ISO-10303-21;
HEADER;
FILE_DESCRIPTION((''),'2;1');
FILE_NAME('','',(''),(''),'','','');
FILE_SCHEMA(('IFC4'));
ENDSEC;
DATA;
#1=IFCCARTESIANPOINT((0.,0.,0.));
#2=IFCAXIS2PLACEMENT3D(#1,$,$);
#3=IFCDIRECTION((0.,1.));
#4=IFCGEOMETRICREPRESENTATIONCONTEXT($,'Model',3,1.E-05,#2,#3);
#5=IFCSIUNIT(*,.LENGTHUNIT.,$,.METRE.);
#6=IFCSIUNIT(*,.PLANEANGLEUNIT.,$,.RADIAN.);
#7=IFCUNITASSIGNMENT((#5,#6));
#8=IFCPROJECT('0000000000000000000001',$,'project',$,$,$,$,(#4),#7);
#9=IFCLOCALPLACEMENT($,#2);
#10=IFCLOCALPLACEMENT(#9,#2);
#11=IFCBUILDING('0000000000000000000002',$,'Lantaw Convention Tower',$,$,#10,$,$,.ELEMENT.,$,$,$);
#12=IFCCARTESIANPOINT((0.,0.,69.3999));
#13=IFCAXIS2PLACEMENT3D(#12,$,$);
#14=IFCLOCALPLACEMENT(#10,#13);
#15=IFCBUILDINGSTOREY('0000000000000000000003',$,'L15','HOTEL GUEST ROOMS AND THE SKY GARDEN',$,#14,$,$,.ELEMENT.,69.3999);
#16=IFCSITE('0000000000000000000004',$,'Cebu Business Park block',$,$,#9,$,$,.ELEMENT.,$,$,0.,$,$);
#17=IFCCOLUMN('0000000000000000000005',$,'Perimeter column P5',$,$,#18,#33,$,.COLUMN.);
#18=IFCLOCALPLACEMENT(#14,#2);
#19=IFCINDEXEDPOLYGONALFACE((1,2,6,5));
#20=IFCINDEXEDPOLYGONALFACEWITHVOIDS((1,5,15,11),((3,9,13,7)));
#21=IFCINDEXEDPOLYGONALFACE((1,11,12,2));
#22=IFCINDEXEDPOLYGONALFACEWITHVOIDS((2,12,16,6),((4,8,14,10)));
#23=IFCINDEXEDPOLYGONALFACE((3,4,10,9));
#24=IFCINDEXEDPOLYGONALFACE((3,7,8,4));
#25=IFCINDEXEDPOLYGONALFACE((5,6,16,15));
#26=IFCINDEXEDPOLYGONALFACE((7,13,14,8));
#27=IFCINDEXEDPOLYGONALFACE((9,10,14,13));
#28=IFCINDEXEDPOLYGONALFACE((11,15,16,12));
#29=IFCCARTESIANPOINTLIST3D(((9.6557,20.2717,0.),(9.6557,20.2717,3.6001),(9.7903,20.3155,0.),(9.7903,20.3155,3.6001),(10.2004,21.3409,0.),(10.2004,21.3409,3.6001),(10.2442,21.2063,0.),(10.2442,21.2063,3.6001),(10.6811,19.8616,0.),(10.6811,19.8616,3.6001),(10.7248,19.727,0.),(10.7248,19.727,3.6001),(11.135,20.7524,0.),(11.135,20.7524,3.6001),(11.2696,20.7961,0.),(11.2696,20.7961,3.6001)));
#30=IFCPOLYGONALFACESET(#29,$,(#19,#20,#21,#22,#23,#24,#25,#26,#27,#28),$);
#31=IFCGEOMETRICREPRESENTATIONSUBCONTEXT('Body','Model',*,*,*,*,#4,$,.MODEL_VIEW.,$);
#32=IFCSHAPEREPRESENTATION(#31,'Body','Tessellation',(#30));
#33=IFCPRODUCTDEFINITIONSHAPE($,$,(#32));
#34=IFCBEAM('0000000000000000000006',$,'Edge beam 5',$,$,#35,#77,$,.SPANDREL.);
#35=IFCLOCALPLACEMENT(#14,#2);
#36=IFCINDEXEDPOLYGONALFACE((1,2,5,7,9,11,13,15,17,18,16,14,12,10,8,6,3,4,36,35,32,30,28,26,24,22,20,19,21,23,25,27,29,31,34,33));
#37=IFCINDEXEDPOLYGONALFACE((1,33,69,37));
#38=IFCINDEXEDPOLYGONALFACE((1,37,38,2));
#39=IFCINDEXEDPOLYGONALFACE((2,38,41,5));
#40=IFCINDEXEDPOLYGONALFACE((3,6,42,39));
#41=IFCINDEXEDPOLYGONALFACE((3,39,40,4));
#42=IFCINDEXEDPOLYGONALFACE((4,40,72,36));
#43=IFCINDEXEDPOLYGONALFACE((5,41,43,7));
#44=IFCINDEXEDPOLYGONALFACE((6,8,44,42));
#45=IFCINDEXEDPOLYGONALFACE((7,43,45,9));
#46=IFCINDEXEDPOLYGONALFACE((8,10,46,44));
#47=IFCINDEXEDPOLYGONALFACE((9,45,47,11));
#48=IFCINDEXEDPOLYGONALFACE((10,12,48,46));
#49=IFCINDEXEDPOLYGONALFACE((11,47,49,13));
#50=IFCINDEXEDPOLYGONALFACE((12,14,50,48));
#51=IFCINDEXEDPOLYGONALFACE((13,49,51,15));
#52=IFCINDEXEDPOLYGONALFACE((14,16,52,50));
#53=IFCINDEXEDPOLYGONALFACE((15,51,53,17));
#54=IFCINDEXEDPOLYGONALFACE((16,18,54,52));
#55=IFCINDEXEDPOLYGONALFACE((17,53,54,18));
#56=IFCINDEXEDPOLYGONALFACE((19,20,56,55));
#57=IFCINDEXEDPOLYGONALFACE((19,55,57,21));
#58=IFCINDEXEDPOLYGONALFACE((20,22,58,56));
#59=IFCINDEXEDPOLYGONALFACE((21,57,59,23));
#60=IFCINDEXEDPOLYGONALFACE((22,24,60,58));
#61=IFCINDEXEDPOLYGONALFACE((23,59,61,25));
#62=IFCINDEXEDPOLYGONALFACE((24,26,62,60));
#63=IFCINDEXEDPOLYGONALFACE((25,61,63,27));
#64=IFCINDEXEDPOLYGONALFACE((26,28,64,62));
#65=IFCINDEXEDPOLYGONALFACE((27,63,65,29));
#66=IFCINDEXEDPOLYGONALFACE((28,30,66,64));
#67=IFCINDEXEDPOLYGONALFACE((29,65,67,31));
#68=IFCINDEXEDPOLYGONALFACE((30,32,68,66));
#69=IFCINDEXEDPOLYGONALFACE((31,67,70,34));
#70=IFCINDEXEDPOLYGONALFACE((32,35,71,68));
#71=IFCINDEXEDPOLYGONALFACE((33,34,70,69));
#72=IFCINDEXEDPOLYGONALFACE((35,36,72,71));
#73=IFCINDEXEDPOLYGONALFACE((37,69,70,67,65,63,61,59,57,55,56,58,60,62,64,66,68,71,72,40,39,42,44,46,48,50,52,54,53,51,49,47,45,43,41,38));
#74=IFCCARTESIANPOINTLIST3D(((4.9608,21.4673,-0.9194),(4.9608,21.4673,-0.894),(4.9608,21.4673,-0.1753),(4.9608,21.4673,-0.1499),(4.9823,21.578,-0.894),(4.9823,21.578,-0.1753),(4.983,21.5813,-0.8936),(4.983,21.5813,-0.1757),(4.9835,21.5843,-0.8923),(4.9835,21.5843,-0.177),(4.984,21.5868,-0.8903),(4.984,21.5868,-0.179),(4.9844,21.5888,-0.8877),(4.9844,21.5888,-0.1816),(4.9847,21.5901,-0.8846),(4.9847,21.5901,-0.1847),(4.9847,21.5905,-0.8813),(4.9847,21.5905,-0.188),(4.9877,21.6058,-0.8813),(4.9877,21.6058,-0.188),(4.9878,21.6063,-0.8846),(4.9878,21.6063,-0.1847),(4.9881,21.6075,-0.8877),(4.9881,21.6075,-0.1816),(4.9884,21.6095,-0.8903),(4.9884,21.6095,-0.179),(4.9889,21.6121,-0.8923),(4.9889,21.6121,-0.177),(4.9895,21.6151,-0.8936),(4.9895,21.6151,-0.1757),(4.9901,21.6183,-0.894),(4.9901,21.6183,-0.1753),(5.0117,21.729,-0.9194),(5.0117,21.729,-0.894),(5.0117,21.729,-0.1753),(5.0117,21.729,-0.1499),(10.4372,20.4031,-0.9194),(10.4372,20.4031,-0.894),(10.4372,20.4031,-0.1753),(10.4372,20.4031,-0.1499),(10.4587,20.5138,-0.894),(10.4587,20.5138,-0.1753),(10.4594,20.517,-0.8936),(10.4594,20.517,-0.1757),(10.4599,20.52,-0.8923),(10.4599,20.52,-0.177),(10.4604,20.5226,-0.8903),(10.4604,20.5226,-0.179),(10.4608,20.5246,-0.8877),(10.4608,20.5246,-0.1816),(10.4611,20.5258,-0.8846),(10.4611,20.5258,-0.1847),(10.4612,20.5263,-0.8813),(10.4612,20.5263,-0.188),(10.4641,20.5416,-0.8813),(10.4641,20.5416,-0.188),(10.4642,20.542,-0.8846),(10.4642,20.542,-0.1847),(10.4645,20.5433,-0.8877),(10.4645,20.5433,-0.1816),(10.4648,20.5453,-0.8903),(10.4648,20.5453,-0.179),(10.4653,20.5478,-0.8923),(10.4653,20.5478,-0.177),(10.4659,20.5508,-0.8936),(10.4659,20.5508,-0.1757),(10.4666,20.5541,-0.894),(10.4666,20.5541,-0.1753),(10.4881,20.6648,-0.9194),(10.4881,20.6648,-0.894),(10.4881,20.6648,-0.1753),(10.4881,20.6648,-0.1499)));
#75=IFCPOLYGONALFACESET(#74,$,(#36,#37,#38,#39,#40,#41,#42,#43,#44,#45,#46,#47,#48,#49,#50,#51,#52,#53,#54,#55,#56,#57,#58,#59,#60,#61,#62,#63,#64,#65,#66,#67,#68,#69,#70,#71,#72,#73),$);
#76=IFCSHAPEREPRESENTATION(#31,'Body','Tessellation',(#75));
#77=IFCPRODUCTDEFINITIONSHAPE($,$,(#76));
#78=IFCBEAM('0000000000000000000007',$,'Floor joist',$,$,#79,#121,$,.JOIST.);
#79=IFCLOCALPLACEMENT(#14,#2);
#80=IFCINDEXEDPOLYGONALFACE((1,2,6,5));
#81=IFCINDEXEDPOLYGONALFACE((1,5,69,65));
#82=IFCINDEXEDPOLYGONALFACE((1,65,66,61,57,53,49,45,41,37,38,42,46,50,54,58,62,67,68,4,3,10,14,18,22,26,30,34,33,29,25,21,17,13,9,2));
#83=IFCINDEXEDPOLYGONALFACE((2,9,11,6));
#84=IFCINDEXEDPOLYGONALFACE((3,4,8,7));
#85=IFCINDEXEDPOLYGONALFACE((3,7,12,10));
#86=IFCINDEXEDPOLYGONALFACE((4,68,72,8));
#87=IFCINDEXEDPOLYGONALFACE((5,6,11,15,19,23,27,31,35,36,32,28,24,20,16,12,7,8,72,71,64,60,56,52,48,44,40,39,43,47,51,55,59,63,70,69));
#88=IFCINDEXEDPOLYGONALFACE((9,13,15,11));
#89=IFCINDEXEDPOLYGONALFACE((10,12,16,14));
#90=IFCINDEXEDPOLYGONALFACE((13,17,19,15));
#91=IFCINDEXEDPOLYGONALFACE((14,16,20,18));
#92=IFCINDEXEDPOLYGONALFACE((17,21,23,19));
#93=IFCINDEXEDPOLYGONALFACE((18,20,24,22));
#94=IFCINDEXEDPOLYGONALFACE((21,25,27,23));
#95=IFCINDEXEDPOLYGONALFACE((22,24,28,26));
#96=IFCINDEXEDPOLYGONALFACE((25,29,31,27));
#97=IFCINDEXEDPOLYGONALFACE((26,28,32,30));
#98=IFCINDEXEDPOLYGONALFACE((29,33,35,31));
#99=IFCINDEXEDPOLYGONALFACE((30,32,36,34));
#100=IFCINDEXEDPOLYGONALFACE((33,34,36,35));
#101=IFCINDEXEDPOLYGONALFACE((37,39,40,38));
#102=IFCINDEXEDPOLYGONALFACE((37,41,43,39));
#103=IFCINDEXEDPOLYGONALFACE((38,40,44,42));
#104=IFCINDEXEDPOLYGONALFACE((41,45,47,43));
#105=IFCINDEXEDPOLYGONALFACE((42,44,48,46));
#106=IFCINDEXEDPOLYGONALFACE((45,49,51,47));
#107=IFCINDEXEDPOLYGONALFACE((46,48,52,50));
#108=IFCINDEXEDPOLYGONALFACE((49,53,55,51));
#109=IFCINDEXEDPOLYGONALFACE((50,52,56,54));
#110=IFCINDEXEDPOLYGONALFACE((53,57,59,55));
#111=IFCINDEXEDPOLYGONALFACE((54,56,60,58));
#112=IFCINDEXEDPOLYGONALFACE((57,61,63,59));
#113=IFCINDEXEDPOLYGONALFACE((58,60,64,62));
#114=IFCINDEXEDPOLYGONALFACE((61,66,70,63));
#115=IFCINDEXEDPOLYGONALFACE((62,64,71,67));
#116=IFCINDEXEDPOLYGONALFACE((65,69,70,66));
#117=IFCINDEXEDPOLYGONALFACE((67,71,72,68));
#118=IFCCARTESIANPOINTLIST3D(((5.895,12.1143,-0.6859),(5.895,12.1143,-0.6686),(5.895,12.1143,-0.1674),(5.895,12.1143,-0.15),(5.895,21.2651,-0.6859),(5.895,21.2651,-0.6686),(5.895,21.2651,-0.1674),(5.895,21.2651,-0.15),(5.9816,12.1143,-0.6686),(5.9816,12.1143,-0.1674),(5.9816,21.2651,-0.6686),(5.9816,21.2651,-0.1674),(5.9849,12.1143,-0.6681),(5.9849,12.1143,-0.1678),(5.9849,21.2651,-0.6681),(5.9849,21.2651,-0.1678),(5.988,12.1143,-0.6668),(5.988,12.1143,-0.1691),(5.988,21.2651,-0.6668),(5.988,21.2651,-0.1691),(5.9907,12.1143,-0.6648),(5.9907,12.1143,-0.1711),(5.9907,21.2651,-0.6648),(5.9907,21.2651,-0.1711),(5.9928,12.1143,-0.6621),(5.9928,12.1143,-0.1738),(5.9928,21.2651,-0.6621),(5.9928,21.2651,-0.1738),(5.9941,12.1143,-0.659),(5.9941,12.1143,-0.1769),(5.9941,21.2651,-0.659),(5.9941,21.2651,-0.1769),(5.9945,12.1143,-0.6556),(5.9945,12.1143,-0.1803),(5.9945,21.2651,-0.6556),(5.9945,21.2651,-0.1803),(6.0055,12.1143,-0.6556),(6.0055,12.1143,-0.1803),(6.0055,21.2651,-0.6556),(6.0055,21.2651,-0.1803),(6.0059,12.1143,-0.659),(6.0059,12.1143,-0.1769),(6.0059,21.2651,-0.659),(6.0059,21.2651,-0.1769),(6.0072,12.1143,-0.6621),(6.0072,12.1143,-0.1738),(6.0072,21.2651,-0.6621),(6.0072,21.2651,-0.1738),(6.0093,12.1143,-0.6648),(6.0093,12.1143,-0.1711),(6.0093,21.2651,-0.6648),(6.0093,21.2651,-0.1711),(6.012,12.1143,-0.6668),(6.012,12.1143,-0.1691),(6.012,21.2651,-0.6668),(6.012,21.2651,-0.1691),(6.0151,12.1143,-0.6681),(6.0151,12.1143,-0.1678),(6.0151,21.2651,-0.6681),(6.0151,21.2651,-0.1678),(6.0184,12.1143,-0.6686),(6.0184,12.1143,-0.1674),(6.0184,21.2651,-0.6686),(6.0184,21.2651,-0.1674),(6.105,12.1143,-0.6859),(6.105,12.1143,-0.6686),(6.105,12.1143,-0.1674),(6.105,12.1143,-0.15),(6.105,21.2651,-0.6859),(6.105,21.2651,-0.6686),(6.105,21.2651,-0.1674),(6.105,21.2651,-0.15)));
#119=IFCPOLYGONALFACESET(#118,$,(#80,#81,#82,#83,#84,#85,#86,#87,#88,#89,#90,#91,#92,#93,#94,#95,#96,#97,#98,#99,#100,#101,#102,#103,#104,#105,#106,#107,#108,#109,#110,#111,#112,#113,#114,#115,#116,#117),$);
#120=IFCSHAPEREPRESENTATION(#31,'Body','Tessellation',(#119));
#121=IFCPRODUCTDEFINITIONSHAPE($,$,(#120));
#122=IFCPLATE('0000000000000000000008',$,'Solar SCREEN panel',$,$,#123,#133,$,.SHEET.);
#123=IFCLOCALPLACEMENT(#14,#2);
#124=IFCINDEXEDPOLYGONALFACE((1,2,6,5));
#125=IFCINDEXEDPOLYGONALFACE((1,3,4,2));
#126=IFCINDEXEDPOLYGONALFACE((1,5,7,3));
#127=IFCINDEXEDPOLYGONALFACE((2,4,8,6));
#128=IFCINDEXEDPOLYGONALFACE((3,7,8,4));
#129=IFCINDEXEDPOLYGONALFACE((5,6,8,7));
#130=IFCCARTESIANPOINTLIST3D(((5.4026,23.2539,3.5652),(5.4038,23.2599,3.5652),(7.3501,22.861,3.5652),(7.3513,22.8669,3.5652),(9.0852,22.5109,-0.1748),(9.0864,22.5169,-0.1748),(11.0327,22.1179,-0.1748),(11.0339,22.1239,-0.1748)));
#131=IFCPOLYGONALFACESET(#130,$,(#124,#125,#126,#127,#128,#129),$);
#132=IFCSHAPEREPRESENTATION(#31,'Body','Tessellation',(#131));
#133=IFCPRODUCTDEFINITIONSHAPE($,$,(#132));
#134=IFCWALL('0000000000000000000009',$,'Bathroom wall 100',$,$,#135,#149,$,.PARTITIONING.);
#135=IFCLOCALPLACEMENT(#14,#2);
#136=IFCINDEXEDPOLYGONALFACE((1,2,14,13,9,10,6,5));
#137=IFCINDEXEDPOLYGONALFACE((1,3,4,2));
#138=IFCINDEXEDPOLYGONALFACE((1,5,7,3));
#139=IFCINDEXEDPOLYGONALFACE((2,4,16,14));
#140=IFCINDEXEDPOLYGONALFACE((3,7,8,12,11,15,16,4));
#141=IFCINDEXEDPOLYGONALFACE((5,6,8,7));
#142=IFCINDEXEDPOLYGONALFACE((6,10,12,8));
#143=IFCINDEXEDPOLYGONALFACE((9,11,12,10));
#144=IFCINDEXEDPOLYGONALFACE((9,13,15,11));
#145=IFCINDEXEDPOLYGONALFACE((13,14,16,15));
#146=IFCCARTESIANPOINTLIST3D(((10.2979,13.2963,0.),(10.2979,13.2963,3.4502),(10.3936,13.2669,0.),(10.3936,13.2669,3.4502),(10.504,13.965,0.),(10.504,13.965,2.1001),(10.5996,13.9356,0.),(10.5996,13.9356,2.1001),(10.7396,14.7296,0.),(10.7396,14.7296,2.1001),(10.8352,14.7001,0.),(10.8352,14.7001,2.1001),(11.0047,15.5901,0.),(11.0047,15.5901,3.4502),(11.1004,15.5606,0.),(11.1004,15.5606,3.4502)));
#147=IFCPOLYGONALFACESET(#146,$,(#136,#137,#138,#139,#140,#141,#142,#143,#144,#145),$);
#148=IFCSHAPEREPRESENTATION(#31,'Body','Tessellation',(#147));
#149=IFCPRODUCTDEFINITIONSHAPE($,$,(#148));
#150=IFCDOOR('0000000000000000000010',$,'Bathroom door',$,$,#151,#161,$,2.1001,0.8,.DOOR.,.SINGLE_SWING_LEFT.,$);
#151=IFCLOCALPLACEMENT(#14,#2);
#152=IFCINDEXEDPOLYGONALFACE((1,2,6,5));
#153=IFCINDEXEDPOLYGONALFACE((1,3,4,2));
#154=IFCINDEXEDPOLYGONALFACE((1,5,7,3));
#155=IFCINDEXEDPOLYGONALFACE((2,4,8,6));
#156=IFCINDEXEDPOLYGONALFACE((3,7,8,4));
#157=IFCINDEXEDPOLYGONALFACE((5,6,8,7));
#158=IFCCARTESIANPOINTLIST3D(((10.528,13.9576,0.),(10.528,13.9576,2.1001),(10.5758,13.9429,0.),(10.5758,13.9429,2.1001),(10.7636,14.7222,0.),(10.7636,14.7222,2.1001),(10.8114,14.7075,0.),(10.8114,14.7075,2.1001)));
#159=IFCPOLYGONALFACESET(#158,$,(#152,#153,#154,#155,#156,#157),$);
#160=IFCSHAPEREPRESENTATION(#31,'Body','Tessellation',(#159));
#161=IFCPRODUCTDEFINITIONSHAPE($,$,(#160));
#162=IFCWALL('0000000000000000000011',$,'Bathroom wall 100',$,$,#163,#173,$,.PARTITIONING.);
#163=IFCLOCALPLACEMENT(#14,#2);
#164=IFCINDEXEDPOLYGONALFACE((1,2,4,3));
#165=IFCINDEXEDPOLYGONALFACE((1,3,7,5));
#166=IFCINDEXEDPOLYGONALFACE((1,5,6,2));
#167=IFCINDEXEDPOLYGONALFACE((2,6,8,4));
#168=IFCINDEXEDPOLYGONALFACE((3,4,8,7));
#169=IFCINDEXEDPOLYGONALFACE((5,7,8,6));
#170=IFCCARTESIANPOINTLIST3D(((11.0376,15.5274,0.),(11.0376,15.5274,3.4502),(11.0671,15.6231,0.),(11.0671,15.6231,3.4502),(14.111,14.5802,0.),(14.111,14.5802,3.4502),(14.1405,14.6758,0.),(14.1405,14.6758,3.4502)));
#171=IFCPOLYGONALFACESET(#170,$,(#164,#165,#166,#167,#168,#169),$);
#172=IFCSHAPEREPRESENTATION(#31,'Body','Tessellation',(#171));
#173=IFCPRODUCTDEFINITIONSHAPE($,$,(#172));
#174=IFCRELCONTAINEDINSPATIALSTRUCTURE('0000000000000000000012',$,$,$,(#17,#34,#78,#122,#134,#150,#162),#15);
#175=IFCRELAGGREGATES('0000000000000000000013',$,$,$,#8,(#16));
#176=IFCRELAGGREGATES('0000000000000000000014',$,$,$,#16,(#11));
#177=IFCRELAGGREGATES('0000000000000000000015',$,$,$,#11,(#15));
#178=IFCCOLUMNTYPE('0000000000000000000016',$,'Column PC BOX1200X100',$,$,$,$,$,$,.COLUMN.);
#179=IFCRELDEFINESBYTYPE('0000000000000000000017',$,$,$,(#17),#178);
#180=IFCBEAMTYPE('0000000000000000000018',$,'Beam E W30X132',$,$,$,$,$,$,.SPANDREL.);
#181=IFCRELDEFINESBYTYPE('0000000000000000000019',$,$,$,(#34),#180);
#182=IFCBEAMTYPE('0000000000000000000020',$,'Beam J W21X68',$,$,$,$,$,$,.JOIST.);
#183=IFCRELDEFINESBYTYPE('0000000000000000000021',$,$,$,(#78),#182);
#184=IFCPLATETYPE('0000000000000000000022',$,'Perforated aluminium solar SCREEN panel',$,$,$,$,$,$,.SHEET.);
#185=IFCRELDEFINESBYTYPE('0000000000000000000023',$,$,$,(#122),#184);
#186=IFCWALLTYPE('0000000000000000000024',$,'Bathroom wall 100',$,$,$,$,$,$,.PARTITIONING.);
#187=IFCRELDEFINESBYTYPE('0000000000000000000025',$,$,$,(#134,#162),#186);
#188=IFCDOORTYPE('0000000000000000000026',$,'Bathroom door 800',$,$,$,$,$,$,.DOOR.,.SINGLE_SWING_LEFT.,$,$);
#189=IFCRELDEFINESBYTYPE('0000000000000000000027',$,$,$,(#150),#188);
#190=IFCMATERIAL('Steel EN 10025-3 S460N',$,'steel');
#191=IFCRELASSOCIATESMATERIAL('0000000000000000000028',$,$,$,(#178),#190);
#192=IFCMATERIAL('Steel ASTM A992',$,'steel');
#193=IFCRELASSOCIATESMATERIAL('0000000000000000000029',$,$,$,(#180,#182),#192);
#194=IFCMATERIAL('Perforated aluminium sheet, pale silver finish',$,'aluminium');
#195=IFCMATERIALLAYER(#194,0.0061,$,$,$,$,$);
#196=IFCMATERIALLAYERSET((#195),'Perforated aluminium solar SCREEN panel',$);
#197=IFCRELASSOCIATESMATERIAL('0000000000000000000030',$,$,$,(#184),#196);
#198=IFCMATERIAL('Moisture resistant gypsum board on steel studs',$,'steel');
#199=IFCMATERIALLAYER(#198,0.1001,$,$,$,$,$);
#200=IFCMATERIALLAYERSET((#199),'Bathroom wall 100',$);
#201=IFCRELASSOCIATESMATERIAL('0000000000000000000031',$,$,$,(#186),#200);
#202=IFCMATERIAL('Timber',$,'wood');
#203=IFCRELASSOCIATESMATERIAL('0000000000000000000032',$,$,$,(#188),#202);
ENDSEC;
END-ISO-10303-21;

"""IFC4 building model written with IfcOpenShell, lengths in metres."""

from ifc_helpers import new_model, si_unit, direction, frame, frame_2d, origin, origin_2d, place, context, subcontext, project, spatial, polyline, rectangle, hollow_rectangle, i_section, outline, extrude, material, layer, layer_set, material_profile, profile_set, type_object, element, fill, save


model = new_model("IFC4")

# Units and contexts
model_context = context("Model", 3, precision=1e-05, world=origin(), true_north=direction((0.0, 1.0)))
body_context = subcontext(model_context, "Body", "Model", "MODEL_VIEW")
ifc_project = project(units=[si_unit("LENGTHUNIT", "METRE"), si_unit("PLANEANGLEUNIT", "RADIAN")], contexts=[model_context])

# Site, building, storey
site_placement = place(None, origin())
site = spatial("IfcSite", under=ifc_project, at=site_placement, Name="Cebu Business Park block", CompositionType="ELEMENT", RefElevation=0.0)
building_placement = place(site_placement, origin())
building = spatial("IfcBuilding", under=site, at=building_placement, Name="Lantaw Convention Tower", CompositionType="ELEMENT")
storey_placement = place(building_placement, frame((0.0, 0.0, 69.3999)))
storey = spatial("IfcBuildingStorey", under=building, at=storey_placement, Name="L15", Description="HOTEL GUEST ROOMS AND THE SKY GARDEN", CompositionType="ELEMENT", Elevation=69.3999)

# Column
ifc_material_1 = material(Name="Steel EN 10025-3 S460N", Category="steel")
ifc_material_profile_1 = material_profile(ifc_material_1, hollow_rectangle(XDim=1.2, YDim=1.2, WallThickness=0.1001, at=origin_2d()), Name="BOX1200X100")
ifc_material_2 = material(Name="Concrete C60/75", Category="concrete")
ifc_material_profile_2 = material_profile(ifc_material_2, rectangle(XDim=1.0, YDim=1.0, at=origin_2d()), Name="Concrete fill of BOX1200X100")
ifc_profile_set_1 = profile_set([ifc_material_profile_1, ifc_material_profile_2], Name="Steel EN 10025-3 S460N")
column_type = type_object("IfcColumnType", Name="Column PC BOX1200X100", PredefinedType="COLUMN", material=ifc_profile_set_1)
column_placement = place(storey_placement, frame((10.4626, 20.5339, 0.0), z_axis=(0.0, 0.0, 1.0), x_axis=(0.45399, 0.891007, 0.0)))
element("IfcColumn", 1, at=column_placement, inside=storey, type_object=column_type, Name="Perimeter column P5", PredefinedType="COLUMN", context=body_context, shape_type="SweptSolid", body=[
    extrude(hollow_rectangle(XDim=1.2, YDim=1.2, WallThickness=0.1001, at=origin_2d()), origin(), (0.0, 0.0, 1.0), 3.6001),
])

# Beams
ifc_material_3 = material(Name="Steel ASTM A992", Category="steel")
ifc_material_profile_3 = material_profile(ifc_material_3, i_section(OverallWidth=0.2666, OverallDepth=0.7695, WebThickness=0.0156, FlangeThickness=0.0254, FilletRadius=0.0127, at=origin_2d()), Name="W30X132")
ifc_profile_set_2 = profile_set([ifc_material_profile_3], Name="Steel ASTM A992")
beam_type_1 = type_object("IfcBeamType", Name="Beam E W30X132", PredefinedType="SPANDREL", material=ifc_profile_set_2)
beam_1_placement = place(storey_placement, frame((10.4626, 20.5339, -0.5347), z_axis=(-0.981637, 0.190761, 0.0), x_axis=(-0.190761, -0.981637, 0.0)))
element("IfcBeam", 2, at=beam_1_placement, inside=storey, type_object=beam_type_1, Name="Edge beam 5", PredefinedType="SPANDREL", context=body_context, shape_type="SweptSolid", body=[
    extrude(i_section(OverallWidth=0.2666, OverallDepth=0.7695, WebThickness=0.0156, FlangeThickness=0.0254, FilletRadius=0.0127, at=origin_2d()), origin(), (0.0, 0.0, 1.0), 5.5789),
])
ifc_material_profile_4 = material_profile(ifc_material_3, i_section(OverallWidth=0.21, OverallDepth=0.5359, WebThickness=0.011, FlangeThickness=0.0173, FilletRadius=0.0129, at=origin_2d()), Name="W21X68")
ifc_profile_set_3 = profile_set([ifc_material_profile_4], Name="Steel ASTM A992")
beam_type_2 = type_object("IfcBeamType", Name="Beam J W21X68", PredefinedType="JOIST", material=ifc_profile_set_3)
beam_2_placement = place(storey_placement, frame((6.0, 12.1143, -0.418), z_axis=(0.0, 1.0, 0.0), x_axis=(-1.0, 0.0, 0.0)))
element("IfcBeam", 3, at=beam_2_placement, inside=storey, type_object=beam_type_2, Name="Floor joist", PredefinedType="JOIST", context=body_context, shape_type="SweptSolid", body=[
    extrude(i_section(OverallWidth=0.21, OverallDepth=0.5359, WebThickness=0.011, FlangeThickness=0.0173, FilletRadius=0.0129, at=origin_2d()), origin(), (0.0, 0.0, 1.0), 9.1509),
])

# Plate
ifc_material_4 = material(Name="Perforated aluminium sheet, pale silver finish", Category="aluminium")
ifc_layer_1 = layer(ifc_material_4, 0.0061)
ifc_layer_set_1 = layer_set([ifc_layer_1], Name="Perforated aluminium solar SCREEN panel")
plate_type = type_object("IfcPlateType", Name="Perforated aluminium solar SCREEN panel", PredefinedType="SHEET", material=ifc_layer_set_1)
plate_placement = place(storey_placement, frame((11.0327, 22.1179, -0.1748), z_axis=(-0.197782, -0.980246, 0.000002), x_axis=(-0.980246, 0.197782, 0.0)))
element("IfcPlate", 4, at=plate_placement, inside=storey, type_object=plate_type, Name="Solar SCREEN panel", PredefinedType="SHEET", context=body_context, shape_type="SweptSolid", body=[
    extrude(outline(polyline([(0.0, 0.0), (1.9868, 0.0), (5.7436, -3.74), (3.7569, -3.74), (0.0, 0.0)])), origin(), (0.0, 0.0, -1.0), 0.0061),
])

# Wall, opening, door
ifc_material_5 = material(Name="Moisture resistant gypsum board on steel studs", Category="steel")
ifc_layer_2 = layer(ifc_material_5, 0.1001)
ifc_layer_set_2 = layer_set([ifc_layer_2], Name="Bathroom wall 100")
wall_type_1 = type_object("IfcWallType", Name="Bathroom wall 100", PredefinedType="PARTITIONING", material=ifc_layer_set_2)
wall_1_placement = place(storey_placement, frame((10.3457, 13.2815, 0.0), z_axis=(0.0, 0.0, 1.0), x_axis=(0.294479, 0.955658, 0.0)))
wall_1 = element("IfcWall", 5, at=wall_1_placement, inside=storey, type_object=wall_type_1, Name="Bathroom wall 100", PredefinedType="PARTITIONING", context=body_context, shape_type="SweptSolid", body=[
    extrude(rectangle(XDim=2.4001, YDim=0.1001, at=frame_2d((1.2002, 0.0))), origin(), (0.0, 0.0, 1.0), 3.4502),
])
opening_1_placement = place(wall_1_placement, frame((0.7, 0.0, 0.0)))
opening_1 = element("IfcOpeningElement", 6, at=opening_1_placement, cuts=wall_1, PredefinedType="OPENING", context=body_context, shape_type="SweptSolid", body=[
    extrude(rectangle(XDim=0.8, YDim=2.1001, at=frame_2d((0.3999, 1.05))), frame((0.0, 0.0601, 0.0), z_axis=(0.0, -1.0, 0.0), x_axis=(1.0, 0.0, 0.0)), (0.0, 0.0, 1.0), 0.1201),
])
ifc_material_6 = material(Name="Timber", Category="wood")
door_type_1 = type_object("IfcDoorType", Name="Bathroom door 800", OperationType="SINGLE_SWING_LEFT", PredefinedType="DOOR", material=ifc_material_6)
door_1_placement = place(opening_1_placement, origin())
door_1 = element("IfcDoor", 7, at=door_1_placement, inside=storey, type_object=door_type_1, Name="Bathroom door", OperationType="SINGLE_SWING_LEFT", OverallHeight=2.1001, OverallWidth=0.8, PredefinedType="DOOR", context=body_context, shape_type="SweptSolid", body=[
    extrude(rectangle(XDim=0.8, YDim=2.1001, at=frame_2d((0.3999, 1.05))), frame((0.0, 0.0249, 0.0), z_axis=(0.0, -1.0, 0.0), x_axis=(1.0, 0.0, 0.0)), (0.0, 0.0, 1.0), 0.05),
])
fill(opening_1, door_1)

# Wall
wall_2_placement = place(storey_placement, frame((11.0525, 15.5752, 0.0), z_axis=(0.0, 0.0, 1.0), x_axis=(0.955641, -0.294534, 0.0)))
element("IfcWall", 8, at=wall_2_placement, inside=storey, type_object=wall_type_1, Name="Bathroom wall 100", PredefinedType="PARTITIONING", context=body_context, shape_type="SweptSolid", body=[
    extrude(rectangle(XDim=3.2161, YDim=0.1001, at=frame_2d((1.6079, 0.0))), origin(), (0.0, 0.0, 1.0), 3.4502),
])

save(model, "model.ifc")
